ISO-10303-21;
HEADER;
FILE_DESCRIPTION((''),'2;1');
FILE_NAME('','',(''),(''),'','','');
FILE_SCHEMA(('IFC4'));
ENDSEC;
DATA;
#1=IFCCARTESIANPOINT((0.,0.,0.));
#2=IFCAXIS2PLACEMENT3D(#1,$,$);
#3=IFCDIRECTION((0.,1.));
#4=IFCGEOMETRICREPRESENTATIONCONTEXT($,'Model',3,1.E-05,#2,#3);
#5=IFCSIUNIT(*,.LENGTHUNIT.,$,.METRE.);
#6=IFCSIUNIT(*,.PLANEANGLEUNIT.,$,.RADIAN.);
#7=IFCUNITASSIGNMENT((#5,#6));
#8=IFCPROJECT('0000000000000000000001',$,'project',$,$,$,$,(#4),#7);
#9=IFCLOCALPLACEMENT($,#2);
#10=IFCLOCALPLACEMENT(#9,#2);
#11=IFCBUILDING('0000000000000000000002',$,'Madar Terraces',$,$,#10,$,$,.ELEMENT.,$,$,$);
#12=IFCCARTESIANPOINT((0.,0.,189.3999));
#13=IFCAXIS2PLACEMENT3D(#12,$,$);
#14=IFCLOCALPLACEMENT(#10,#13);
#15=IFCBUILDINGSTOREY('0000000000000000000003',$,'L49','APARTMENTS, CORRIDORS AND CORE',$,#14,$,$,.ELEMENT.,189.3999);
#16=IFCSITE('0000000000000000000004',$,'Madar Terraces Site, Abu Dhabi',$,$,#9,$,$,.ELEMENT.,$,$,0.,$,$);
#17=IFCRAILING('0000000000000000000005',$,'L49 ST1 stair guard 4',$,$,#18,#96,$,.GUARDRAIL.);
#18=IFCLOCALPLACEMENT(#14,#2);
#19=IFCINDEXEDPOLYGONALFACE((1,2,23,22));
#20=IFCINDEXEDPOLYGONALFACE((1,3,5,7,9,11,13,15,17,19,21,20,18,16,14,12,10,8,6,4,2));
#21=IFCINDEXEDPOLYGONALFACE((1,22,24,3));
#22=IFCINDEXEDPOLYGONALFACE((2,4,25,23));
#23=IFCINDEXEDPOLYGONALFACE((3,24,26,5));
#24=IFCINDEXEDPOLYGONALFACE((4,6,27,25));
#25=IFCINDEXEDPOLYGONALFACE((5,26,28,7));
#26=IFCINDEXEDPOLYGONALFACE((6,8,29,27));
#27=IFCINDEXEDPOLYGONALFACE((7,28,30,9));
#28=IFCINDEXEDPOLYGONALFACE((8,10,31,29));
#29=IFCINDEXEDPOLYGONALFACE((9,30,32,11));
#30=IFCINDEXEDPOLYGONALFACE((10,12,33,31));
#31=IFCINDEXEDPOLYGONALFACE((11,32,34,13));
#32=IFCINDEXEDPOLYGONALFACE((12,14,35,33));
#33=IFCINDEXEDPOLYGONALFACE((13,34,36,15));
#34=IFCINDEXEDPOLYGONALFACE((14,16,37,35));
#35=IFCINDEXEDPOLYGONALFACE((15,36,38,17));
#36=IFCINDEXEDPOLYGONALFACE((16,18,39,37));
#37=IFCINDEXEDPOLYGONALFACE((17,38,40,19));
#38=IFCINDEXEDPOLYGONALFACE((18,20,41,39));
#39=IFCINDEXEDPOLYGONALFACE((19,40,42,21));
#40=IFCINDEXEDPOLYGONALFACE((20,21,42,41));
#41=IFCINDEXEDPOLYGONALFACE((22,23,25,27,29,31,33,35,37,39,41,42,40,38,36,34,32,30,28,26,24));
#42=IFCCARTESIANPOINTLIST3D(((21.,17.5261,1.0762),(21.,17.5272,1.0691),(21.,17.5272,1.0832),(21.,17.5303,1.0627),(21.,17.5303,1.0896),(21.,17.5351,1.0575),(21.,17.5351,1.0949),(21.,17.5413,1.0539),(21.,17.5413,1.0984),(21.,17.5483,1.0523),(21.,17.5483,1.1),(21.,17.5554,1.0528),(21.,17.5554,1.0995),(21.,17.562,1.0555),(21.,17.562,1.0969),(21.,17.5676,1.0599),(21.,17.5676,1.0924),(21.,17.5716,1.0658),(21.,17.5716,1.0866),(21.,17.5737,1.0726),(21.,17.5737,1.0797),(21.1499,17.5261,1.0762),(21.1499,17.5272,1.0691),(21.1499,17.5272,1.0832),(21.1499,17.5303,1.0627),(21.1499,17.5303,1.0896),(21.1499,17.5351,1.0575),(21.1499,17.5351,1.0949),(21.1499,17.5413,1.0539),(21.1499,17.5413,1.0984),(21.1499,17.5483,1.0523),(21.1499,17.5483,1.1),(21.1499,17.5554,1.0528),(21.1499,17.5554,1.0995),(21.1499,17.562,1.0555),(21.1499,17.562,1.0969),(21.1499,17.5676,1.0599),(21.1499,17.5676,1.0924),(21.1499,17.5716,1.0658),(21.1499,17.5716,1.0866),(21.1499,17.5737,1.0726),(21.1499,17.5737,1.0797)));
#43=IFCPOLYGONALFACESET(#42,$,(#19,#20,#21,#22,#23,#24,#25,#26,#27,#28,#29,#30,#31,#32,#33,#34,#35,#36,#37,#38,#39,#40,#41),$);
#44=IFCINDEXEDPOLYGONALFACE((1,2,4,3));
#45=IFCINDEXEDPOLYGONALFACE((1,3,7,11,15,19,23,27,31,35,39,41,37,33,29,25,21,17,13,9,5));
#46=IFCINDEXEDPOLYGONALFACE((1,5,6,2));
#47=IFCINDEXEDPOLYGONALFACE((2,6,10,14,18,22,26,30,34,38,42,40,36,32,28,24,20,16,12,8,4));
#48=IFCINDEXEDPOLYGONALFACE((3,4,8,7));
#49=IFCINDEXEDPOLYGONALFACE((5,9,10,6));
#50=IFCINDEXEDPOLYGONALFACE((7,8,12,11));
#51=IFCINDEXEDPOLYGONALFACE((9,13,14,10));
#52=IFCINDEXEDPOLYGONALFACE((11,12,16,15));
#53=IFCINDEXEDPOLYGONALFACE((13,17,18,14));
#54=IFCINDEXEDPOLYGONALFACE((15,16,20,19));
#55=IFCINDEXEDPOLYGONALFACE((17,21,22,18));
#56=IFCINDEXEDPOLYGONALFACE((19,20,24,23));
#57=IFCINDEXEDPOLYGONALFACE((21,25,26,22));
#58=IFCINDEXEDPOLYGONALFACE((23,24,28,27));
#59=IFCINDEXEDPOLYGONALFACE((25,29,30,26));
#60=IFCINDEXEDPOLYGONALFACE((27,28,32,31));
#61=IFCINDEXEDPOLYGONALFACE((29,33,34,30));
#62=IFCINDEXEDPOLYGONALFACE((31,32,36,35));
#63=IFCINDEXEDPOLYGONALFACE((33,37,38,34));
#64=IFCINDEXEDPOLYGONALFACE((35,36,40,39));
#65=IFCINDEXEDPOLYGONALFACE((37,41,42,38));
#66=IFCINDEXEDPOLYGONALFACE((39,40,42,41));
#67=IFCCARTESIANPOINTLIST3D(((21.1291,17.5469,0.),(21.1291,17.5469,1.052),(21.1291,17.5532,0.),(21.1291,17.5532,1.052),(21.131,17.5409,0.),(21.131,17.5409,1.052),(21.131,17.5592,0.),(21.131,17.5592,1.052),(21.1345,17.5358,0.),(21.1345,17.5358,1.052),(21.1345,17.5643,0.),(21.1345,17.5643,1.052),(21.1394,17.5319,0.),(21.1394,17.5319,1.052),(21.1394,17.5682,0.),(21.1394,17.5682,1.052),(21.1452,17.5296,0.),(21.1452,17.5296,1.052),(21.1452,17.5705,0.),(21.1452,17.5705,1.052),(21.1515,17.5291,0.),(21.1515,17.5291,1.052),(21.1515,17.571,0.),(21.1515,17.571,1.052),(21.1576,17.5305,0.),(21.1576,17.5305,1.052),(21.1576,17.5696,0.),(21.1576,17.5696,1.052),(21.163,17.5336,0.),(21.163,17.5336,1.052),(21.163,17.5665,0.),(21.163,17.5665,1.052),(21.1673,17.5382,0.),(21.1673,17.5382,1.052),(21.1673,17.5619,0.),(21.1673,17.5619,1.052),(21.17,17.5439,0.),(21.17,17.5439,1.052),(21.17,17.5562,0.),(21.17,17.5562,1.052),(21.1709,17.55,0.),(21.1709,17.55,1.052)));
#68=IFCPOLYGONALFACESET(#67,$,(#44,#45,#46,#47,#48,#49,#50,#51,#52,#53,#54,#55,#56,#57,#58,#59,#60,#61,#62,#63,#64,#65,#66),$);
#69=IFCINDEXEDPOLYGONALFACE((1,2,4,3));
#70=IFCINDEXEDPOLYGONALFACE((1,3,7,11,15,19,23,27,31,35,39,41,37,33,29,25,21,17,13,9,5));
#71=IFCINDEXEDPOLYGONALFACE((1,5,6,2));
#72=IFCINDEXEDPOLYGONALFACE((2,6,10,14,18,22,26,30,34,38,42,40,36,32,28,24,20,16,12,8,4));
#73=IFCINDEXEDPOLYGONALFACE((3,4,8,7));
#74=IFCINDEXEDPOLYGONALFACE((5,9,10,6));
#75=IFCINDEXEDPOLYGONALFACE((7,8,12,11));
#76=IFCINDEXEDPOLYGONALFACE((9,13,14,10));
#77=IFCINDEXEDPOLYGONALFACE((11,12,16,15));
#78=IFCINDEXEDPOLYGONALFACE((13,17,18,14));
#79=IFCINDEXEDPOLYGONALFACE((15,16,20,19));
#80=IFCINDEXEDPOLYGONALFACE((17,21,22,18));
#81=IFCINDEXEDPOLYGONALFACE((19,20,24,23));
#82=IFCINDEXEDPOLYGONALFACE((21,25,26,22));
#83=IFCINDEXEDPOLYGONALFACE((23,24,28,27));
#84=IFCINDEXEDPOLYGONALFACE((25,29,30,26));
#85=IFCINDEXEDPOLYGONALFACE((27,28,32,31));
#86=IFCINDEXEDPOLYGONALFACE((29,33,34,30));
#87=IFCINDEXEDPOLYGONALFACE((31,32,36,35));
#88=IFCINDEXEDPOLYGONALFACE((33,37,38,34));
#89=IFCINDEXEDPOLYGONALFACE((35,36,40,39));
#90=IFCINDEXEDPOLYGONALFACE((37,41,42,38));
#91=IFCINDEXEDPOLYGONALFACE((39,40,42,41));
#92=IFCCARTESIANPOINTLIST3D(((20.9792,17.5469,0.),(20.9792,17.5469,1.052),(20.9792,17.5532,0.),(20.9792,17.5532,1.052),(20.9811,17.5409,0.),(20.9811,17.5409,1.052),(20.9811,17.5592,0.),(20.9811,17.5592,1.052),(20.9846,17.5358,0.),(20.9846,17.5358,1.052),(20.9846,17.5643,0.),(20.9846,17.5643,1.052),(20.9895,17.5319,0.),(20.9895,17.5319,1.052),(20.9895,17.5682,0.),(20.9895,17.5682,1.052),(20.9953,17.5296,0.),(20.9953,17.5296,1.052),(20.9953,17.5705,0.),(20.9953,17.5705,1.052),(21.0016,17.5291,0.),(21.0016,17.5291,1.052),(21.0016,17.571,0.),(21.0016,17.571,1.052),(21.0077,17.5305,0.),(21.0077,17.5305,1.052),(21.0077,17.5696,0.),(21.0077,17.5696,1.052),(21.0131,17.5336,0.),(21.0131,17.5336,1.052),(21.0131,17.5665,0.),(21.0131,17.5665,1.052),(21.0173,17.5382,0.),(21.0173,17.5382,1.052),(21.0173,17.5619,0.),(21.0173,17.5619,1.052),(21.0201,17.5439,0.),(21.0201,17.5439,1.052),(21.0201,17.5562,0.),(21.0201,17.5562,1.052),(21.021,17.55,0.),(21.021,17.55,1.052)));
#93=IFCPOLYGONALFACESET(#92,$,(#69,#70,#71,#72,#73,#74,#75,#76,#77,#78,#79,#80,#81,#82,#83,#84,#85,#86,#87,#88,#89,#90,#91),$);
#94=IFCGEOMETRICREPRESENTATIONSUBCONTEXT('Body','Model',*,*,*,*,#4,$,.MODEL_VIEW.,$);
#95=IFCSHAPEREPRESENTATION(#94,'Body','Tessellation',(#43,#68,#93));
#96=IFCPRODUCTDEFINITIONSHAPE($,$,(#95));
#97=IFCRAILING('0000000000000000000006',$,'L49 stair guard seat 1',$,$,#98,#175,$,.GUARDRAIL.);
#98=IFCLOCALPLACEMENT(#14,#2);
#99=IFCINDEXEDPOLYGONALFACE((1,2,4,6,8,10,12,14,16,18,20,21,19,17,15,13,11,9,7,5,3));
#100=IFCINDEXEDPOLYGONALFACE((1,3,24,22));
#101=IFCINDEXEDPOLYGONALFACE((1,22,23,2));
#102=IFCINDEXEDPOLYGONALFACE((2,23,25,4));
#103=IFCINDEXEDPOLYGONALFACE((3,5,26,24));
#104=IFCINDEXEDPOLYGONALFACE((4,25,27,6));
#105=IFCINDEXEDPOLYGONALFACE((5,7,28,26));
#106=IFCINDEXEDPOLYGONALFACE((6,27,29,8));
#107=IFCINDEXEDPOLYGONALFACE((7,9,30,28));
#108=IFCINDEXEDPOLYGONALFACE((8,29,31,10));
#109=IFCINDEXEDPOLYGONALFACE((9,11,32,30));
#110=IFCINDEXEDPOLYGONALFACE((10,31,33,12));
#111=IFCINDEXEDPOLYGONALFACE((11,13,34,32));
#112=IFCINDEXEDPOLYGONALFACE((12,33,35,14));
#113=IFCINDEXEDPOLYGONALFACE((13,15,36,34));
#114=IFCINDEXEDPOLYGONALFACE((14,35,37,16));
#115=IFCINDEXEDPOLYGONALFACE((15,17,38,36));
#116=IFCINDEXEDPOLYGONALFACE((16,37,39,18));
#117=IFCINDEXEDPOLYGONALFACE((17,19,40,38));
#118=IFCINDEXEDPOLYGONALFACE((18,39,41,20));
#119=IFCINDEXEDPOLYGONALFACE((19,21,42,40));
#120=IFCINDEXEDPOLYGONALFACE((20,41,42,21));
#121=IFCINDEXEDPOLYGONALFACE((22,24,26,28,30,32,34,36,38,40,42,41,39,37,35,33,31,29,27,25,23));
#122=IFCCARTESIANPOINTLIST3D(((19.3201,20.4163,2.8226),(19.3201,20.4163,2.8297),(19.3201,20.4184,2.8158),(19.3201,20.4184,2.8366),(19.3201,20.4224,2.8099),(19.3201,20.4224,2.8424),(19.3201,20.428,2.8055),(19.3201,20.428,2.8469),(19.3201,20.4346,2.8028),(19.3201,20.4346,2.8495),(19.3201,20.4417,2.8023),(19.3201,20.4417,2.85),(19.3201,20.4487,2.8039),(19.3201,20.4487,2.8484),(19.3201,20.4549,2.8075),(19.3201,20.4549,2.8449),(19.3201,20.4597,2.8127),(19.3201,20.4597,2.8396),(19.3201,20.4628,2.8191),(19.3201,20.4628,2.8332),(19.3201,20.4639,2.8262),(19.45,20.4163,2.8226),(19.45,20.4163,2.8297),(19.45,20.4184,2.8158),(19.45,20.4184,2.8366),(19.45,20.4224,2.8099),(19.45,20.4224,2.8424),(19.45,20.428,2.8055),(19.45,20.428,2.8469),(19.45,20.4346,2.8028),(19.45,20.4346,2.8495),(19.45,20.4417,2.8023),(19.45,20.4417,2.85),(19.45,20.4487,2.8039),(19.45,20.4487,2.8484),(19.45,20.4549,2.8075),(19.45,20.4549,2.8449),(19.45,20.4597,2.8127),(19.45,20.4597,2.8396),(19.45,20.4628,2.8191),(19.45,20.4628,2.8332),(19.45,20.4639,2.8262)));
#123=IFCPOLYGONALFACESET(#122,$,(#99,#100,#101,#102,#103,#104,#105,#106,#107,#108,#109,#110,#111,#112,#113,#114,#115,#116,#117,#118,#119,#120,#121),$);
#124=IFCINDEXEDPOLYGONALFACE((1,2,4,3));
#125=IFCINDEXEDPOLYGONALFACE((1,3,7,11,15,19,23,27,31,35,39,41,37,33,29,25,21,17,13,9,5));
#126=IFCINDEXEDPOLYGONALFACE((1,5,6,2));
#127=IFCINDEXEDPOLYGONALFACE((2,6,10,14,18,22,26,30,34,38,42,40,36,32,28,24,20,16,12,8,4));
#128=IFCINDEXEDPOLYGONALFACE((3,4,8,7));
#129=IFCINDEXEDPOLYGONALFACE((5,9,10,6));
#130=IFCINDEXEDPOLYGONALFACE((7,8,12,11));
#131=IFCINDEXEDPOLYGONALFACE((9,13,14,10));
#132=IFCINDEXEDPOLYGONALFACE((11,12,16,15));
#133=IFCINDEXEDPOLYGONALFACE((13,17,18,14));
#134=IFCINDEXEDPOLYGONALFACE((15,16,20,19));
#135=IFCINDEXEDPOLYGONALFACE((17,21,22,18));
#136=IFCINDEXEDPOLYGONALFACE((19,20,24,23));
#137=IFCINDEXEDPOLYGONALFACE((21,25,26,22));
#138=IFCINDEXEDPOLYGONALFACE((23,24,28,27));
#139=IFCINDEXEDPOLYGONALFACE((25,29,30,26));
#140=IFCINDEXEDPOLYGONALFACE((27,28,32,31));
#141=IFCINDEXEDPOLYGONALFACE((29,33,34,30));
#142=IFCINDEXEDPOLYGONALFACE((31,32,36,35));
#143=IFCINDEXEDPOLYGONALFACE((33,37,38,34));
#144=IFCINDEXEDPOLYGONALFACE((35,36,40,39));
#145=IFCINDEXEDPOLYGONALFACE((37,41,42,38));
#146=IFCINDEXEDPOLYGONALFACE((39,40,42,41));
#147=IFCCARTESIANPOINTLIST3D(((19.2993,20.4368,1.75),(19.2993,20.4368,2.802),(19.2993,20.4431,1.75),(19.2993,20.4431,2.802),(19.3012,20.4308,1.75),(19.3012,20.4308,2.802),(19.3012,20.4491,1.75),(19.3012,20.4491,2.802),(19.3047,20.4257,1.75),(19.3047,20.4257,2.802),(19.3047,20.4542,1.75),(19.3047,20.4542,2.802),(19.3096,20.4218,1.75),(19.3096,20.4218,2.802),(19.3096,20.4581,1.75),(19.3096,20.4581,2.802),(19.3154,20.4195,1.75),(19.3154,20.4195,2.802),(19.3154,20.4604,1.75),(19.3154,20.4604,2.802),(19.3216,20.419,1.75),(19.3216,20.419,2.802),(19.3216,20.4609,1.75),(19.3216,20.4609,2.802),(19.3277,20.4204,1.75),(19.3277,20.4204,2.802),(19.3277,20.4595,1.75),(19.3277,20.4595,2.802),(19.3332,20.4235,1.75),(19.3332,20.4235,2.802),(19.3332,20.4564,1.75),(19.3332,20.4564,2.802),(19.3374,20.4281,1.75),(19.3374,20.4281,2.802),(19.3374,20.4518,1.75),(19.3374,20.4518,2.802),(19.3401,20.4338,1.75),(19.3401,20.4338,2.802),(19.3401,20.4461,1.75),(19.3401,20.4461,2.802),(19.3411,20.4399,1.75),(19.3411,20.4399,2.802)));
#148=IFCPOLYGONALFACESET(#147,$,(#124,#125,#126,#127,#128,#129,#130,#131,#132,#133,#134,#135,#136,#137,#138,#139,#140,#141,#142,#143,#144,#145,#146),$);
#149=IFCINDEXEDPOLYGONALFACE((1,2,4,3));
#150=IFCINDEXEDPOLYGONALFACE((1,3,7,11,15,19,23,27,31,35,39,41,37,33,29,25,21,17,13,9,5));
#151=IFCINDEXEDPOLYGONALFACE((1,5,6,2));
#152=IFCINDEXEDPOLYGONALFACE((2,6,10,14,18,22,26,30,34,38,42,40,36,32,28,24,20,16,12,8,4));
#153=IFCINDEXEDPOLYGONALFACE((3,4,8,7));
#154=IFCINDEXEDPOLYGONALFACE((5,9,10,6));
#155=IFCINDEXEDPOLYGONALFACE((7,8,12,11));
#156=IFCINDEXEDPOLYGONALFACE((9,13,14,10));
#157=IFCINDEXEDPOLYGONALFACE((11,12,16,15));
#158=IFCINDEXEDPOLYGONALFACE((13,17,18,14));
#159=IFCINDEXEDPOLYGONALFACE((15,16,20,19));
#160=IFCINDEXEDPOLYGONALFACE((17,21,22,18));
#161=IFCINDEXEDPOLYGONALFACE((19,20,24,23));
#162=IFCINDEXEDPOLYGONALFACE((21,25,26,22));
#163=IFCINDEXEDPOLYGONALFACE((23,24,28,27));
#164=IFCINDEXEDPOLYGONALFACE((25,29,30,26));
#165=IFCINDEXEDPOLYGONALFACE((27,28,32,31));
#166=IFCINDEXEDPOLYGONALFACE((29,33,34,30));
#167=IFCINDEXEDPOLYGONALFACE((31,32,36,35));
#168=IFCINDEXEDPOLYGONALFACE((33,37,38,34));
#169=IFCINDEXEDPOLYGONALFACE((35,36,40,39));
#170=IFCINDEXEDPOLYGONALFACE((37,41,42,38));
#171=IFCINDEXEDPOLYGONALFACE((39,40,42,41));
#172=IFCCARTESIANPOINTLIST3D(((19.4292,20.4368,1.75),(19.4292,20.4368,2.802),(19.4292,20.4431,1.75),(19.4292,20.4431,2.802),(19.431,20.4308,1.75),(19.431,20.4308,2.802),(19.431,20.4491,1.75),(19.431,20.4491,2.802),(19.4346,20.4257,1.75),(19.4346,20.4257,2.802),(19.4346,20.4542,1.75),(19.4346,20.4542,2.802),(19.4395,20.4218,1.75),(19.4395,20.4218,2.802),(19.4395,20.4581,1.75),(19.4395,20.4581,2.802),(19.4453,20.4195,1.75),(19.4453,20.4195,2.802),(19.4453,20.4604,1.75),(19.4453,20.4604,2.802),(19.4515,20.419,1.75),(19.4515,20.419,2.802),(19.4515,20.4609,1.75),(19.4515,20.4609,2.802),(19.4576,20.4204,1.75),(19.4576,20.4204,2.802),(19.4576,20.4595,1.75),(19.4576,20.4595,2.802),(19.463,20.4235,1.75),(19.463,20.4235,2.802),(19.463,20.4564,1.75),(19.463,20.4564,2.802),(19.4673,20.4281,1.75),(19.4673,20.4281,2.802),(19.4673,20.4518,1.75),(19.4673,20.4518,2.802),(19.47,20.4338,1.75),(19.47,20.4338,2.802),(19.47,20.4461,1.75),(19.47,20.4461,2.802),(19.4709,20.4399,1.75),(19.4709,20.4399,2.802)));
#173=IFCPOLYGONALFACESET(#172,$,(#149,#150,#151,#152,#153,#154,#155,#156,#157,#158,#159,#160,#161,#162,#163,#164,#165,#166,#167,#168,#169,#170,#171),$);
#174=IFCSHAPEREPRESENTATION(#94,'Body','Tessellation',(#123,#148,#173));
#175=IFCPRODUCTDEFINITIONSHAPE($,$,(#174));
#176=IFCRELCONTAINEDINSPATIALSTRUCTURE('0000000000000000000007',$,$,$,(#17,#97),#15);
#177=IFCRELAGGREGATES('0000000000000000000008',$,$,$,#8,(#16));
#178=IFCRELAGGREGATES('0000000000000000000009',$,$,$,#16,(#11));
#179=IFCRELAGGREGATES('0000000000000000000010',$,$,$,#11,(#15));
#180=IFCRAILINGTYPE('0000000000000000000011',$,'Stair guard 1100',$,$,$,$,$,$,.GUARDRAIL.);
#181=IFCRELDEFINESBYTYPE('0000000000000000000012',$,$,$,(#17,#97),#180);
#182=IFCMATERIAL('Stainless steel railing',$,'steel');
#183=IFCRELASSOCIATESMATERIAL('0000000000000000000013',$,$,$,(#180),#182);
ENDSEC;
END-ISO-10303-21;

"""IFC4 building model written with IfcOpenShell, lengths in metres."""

from ifc_helpers import new_model, si_unit, direction, frame, origin, origin_2d, place, context, subcontext, project, spatial, circle, extrude, material, type_object, element, save


model = new_model("IFC4")

# Units and contexts
model_context = context("Model", 3, precision=1e-05, world=origin(), true_north=direction((0.0, 1.0)))
body_context = subcontext(model_context, "Body", "Model", "MODEL_VIEW")
ifc_project = project(units=[si_unit("LENGTHUNIT", "METRE"), si_unit("PLANEANGLEUNIT", "RADIAN")], contexts=[model_context])

# Site, building, storey
site_placement = place(None, origin())
site = spatial("IfcSite", under=ifc_project, at=site_placement, Name="Madar Terraces Site, Abu Dhabi", CompositionType="ELEMENT", RefElevation=0.0)
building_placement = place(site_placement, origin())
building = spatial("IfcBuilding", under=site, at=building_placement, Name="Madar Terraces", CompositionType="ELEMENT")
storey_placement = place(building_placement, frame((0.0, 0.0, 189.3999)))
storey = spatial("IfcBuildingStorey", under=building, at=storey_placement, Name="L49", Description="APARTMENTS, CORRIDORS AND CORE", CompositionType="ELEMENT", Elevation=189.3999)

# Railings
ifc_material_1 = material(Name="Stainless steel railing", Category="steel")
railing_type_1 = type_object("IfcRailingType", Name="Stair guard 1100", PredefinedType="GUARDRAIL", material=ifc_material_1)
railing_1_placement = place(storey_placement, frame((21.1499, 17.55, 0.0)))
element("IfcRailing", 1, at=railing_1_placement, inside=storey, type_object=railing_type_1, Name="L49 ST1 stair guard 4", PredefinedType="GUARDRAIL", context=body_context, shape_type="SweptSolid", body=[
    extrude(circle(Radius=0.0239, at=origin_2d()), frame((0.0, 0.0, 1.0762), z_axis=(-1.0, 0.0, 0.0), x_axis=(0.0, -1.0, 0.0)), (0.0, 0.0, 1.0), 0.1499),
    extrude(circle(Radius=0.021, at=origin_2d()), origin(), (0.0, 0.0, 1.0), 1.052),
    extrude(circle(Radius=0.021, at=origin_2d()), frame((-0.1499, 0.0, 0.0)), (0.0, 0.0, 1.0), 1.052),
])
railing_2_placement = place(storey_placement, frame((19.3201, 20.4399, 1.75)))
element("IfcRailing", 2, at=railing_2_placement, inside=storey, type_object=railing_type_1, Name="L49 stair guard seat 1", PredefinedType="GUARDRAIL", context=body_context, shape_type="SweptSolid", body=[
    extrude(circle(Radius=0.0239, at=origin_2d()), frame((0.0, 0.0, 1.0762), z_axis=(1.0, 0.0, 0.0), x_axis=(0.0, 1.0, 0.0)), (0.0, 0.0, 1.0), 0.1299),
    extrude(circle(Radius=0.021, at=origin_2d()), origin(), (0.0, 0.0, 1.0), 1.052),
    extrude(circle(Radius=0.021, at=origin_2d()), frame((0.1299, 0.0, 0.0)), (0.0, 0.0, 1.0), 1.052),
])

save(model, "model.ifc")
